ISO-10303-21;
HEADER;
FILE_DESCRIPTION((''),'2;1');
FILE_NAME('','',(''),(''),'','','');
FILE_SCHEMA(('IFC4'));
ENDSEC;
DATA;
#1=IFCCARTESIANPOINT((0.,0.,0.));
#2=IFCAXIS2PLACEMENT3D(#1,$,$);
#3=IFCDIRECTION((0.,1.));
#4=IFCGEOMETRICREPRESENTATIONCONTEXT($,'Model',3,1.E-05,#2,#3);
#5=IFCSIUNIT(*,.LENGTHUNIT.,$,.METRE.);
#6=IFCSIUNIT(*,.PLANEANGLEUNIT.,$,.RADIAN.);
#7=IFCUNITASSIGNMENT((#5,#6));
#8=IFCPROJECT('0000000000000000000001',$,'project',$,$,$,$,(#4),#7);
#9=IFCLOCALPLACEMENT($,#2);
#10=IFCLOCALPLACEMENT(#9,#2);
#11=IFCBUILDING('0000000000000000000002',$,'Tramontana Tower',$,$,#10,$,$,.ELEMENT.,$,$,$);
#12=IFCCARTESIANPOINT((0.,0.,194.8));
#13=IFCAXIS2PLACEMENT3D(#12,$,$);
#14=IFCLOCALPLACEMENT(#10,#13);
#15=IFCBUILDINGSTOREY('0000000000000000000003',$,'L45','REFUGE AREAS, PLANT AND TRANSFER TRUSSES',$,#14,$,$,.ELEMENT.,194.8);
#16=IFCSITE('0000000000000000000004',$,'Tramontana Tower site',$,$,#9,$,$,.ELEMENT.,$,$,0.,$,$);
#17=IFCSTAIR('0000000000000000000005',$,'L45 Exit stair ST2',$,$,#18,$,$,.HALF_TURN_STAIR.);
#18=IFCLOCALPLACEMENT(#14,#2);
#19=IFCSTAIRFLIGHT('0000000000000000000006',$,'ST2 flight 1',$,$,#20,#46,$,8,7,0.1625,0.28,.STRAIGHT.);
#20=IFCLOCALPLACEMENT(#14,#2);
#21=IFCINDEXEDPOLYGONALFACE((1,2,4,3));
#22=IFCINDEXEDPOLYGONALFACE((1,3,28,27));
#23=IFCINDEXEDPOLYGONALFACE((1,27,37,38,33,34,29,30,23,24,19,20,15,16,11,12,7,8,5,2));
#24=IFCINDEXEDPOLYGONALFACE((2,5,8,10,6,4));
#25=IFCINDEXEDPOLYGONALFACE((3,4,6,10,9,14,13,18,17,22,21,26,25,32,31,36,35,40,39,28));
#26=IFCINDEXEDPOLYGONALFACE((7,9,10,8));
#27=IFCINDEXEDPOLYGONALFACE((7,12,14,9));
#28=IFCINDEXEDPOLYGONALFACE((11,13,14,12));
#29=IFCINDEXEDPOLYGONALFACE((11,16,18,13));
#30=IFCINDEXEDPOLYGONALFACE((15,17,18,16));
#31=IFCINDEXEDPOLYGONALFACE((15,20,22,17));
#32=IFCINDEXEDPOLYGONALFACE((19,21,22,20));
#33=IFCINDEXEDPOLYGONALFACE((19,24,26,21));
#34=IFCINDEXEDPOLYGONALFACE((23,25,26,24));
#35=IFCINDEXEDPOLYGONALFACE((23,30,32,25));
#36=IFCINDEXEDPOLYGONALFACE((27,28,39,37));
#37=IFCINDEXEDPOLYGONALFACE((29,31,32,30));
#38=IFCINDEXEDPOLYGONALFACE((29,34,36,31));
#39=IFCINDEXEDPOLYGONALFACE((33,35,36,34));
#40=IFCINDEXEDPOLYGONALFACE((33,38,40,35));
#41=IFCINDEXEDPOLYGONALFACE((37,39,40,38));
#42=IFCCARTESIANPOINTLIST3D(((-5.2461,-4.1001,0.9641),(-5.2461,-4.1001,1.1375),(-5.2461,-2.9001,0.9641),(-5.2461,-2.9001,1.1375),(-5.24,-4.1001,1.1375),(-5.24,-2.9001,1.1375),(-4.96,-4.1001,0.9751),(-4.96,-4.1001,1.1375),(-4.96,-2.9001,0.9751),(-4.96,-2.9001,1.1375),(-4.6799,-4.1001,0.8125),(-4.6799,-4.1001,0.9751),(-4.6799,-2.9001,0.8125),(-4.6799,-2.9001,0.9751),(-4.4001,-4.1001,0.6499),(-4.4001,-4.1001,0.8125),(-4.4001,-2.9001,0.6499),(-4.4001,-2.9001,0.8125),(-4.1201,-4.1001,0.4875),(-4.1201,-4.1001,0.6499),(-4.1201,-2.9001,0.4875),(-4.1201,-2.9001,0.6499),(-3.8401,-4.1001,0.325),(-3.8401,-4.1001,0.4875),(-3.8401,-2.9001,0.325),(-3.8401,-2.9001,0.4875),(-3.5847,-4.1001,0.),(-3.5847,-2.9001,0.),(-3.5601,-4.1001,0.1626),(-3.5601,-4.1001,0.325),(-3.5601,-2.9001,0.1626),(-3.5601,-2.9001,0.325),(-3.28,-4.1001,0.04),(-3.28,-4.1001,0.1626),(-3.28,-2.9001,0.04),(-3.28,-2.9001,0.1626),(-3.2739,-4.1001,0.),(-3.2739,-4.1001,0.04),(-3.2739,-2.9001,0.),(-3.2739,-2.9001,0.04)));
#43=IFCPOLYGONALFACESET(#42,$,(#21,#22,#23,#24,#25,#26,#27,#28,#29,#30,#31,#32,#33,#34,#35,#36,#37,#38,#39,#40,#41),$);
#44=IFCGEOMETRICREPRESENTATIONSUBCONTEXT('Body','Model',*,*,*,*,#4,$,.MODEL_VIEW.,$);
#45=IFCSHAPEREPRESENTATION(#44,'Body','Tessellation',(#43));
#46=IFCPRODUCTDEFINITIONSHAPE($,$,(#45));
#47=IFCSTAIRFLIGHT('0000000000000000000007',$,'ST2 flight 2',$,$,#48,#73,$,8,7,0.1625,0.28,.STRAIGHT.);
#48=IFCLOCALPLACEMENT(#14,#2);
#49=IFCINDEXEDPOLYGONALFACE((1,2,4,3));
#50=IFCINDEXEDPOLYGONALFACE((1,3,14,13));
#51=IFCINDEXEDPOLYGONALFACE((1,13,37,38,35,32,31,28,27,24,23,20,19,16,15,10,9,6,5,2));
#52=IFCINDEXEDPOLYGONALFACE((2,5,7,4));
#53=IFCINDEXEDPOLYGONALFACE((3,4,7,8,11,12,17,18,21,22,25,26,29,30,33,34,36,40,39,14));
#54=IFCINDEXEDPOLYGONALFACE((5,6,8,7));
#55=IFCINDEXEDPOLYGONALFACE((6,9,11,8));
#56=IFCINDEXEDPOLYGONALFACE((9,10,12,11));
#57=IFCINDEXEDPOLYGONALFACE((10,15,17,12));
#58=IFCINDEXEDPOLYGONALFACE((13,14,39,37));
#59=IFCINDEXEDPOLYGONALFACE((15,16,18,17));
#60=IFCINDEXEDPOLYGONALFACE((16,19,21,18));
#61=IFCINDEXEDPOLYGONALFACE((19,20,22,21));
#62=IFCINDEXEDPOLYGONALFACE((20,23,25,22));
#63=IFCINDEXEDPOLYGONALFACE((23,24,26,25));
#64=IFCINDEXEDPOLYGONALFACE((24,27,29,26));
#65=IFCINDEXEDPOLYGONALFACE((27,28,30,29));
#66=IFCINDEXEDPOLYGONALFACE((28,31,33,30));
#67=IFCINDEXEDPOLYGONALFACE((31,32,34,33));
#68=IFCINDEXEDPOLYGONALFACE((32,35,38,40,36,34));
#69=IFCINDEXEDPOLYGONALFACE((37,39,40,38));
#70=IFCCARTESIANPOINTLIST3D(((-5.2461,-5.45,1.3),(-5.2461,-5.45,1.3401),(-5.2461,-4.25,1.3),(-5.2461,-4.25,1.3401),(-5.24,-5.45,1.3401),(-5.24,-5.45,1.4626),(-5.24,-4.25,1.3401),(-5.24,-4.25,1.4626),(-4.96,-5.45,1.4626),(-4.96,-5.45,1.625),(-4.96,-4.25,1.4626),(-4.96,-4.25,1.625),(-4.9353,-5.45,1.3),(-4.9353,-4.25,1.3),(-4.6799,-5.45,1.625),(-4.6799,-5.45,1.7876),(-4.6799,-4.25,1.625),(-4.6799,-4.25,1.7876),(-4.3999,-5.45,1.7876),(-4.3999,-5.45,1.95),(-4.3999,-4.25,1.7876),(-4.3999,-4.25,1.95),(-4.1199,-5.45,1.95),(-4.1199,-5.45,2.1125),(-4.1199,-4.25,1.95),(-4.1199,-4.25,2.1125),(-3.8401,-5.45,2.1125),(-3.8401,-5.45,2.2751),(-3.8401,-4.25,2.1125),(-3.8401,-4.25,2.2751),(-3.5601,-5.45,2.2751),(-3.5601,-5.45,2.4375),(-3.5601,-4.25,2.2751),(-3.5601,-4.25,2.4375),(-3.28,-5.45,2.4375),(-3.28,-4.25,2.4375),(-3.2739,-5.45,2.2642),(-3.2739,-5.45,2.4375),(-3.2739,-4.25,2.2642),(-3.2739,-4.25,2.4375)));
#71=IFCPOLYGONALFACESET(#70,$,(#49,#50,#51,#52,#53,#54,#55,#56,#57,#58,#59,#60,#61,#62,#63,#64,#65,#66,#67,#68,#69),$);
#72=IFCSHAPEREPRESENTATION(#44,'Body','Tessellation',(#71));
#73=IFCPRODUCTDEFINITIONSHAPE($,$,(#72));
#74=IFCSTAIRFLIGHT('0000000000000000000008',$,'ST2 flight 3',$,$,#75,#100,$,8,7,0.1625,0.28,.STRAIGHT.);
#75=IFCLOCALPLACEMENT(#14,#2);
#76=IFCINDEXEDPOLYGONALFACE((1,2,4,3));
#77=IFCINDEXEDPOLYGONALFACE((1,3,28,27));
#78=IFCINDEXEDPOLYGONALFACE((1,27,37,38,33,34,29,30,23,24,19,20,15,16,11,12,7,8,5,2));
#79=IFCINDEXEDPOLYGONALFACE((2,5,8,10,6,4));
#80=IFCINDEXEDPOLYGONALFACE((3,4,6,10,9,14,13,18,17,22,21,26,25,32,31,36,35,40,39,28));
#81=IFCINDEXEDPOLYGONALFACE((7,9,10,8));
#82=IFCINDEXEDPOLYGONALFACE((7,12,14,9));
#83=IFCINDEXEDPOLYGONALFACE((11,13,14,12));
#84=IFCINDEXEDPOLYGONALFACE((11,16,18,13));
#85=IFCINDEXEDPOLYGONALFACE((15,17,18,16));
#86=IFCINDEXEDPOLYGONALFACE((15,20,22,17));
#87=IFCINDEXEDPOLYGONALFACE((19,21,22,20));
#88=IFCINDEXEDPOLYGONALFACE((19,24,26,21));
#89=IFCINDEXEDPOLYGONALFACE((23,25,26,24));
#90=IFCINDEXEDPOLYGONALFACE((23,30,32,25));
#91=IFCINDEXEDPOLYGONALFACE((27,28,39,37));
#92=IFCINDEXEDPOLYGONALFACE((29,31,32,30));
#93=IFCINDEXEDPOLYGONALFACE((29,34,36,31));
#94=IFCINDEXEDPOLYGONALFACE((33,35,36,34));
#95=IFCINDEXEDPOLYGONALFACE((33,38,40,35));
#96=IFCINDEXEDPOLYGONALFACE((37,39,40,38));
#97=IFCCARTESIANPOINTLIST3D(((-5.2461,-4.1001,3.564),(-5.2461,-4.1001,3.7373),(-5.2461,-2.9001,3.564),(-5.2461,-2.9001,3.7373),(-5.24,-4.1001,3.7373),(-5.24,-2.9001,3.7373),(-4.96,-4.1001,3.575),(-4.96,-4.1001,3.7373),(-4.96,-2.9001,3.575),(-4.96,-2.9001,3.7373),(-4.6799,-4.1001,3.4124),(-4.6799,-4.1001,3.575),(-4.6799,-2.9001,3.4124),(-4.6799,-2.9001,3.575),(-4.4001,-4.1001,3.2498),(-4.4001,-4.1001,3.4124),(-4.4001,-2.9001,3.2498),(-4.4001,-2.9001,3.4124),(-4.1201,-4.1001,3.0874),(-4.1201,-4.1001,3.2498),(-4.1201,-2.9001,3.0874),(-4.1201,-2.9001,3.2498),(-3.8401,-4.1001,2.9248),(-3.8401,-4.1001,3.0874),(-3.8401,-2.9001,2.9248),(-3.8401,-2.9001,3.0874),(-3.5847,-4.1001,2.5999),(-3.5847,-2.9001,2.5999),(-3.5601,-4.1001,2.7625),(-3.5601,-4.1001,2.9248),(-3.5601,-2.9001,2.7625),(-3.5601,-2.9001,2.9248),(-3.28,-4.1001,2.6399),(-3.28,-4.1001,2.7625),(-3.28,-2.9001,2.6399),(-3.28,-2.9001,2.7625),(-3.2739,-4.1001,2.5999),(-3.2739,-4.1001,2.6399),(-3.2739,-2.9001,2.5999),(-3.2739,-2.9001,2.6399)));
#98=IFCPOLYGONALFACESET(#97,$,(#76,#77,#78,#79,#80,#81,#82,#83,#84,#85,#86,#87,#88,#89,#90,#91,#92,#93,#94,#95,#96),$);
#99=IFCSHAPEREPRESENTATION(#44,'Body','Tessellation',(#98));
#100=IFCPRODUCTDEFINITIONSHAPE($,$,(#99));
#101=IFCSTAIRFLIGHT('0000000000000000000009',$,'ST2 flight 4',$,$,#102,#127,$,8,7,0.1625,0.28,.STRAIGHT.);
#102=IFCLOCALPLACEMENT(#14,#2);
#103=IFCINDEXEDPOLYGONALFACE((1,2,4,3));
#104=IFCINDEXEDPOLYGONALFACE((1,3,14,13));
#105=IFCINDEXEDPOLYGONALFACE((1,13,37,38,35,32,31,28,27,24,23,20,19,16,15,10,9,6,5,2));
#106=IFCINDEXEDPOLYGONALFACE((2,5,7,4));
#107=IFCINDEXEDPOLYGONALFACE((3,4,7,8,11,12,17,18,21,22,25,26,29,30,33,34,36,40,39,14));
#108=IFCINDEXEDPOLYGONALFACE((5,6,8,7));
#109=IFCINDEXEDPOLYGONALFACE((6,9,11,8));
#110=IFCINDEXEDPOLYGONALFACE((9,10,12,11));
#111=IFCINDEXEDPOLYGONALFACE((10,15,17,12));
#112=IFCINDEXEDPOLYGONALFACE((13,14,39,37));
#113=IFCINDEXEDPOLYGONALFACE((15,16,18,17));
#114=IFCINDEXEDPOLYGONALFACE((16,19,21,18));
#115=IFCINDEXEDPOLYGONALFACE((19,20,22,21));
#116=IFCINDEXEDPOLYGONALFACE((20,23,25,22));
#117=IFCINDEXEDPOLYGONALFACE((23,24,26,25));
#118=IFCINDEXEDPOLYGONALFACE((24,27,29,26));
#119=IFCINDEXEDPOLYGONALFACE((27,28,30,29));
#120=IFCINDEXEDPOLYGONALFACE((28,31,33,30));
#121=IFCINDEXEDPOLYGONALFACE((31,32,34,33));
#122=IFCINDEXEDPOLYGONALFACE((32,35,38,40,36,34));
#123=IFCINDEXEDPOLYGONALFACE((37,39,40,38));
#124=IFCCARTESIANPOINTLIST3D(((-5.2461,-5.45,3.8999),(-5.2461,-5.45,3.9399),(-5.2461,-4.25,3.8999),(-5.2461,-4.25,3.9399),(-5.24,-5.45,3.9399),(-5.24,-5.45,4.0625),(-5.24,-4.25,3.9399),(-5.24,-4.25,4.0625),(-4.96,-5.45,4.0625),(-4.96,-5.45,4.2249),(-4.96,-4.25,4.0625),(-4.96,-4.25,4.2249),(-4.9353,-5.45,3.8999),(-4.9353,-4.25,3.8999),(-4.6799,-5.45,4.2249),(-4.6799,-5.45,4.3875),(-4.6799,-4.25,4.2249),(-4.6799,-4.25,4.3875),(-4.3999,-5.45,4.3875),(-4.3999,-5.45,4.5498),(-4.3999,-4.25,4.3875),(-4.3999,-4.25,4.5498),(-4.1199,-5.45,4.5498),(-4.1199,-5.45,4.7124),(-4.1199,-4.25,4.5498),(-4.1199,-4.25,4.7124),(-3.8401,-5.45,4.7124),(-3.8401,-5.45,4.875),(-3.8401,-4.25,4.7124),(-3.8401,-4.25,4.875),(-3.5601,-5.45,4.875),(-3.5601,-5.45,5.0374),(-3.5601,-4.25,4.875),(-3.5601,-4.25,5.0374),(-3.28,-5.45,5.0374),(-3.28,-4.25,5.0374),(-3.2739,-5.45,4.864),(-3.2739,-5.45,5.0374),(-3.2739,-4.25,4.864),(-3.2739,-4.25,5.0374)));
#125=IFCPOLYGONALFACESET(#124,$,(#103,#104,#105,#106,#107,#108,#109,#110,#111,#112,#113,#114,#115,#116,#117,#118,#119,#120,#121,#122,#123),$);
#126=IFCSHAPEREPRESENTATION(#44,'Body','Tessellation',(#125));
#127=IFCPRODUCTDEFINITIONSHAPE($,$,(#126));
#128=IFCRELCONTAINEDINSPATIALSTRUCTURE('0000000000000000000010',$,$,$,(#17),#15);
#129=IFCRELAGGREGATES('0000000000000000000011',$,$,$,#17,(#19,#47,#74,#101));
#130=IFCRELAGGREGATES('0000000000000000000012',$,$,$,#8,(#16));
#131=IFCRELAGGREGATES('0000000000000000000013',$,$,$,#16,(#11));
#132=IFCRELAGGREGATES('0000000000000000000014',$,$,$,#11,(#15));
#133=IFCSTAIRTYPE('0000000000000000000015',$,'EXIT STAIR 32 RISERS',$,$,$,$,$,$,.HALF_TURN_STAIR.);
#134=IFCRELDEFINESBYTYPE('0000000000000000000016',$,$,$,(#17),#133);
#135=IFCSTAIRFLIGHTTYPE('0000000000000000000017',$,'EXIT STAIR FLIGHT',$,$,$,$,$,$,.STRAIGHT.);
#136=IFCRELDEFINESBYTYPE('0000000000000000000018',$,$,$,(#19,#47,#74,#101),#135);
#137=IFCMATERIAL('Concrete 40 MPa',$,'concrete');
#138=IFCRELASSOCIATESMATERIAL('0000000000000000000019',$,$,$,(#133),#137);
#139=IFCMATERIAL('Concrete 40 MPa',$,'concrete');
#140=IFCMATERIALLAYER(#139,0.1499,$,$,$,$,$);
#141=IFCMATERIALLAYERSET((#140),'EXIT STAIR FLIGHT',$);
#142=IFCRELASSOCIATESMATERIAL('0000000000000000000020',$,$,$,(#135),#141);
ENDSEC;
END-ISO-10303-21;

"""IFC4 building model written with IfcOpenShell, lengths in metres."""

from ifc_helpers import new_model, si_unit, direction, frame, origin, place, context, subcontext, project, spatial, polyline, outline, extrude, material, layer, layer_set, type_object, element, aggregate, save


model = new_model("IFC4")

# Units and contexts
model_context = context("Model", 3, precision=1e-05, world=origin(), true_north=direction((0.0, 1.0)))
body_context = subcontext(model_context, "Body", "Model", "MODEL_VIEW")
ifc_project = project(units=[si_unit("LENGTHUNIT", "METRE"), si_unit("PLANEANGLEUNIT", "RADIAN")], contexts=[model_context])

# Site, building, storey
site_placement = place(None, origin())
site = spatial("IfcSite", under=ifc_project, at=site_placement, Name="Tramontana Tower site", CompositionType="ELEMENT", RefElevation=0.0)
building_placement = place(site_placement, origin())
building = spatial("IfcBuilding", under=site, at=building_placement, Name="Tramontana Tower", CompositionType="ELEMENT")
storey_placement = place(building_placement, frame((0.0, 0.0, 194.8)))
storey = spatial("IfcBuildingStorey", under=building, at=storey_placement, Name="L45", Description="REFUGE AREAS, PLANT AND TRANSFER TRUSSES", CompositionType="ELEMENT", Elevation=194.8)

# Stair, stair flights
ifc_material_1 = material(Name="Concrete 40 MPa", Category="concrete")
stair_type = type_object("IfcStairType", Name="EXIT STAIR 32 RISERS", PredefinedType="HALF_TURN_STAIR", material=ifc_material_1)
stair_placement = place(storey_placement, origin())
stair = element("IfcStair", 1, at=stair_placement, inside=storey, type_object=stair_type, Name="L45 Exit stair ST2", PredefinedType="HALF_TURN_STAIR")
ifc_material_2 = material(Name="Concrete 40 MPa", Category="concrete")
ifc_layer_1 = layer(ifc_material_2, 0.1499)
ifc_layer_set_1 = layer_set([ifc_layer_1], Name="EXIT STAIR FLIGHT")
stair_flight_type = type_object("IfcStairFlightType", Name="EXIT STAIR FLIGHT", PredefinedType="STRAIGHT", material=ifc_layer_set_1)
stair_flight_1_placement = place(storey_placement, frame((-3.28, -3.5, 0.0), z_axis=(0.0, 0.0, 1.0), x_axis=(-1.0, 0.0, 0.0)))
stair_flight_1 = element("IfcStairFlight", 2, at=stair_flight_1_placement, type_object=stair_flight_type, Name="ST2 flight 1", NumberOfRisers=8, NumberOfTreads=7, PredefinedType="STRAIGHT", RiserHeight=0.1625, TreadLength=0.28, context=body_context, shape_type="SweptSolid", body=[
    extrude(outline(polyline([(-0.0061, 0.0), (-0.0061, 0.04), (0.0, 0.04), (0.0, 0.1626), (0.28, 0.1626), (0.28, 0.325), (0.5601, 0.325), (0.5601, 0.4875), (0.8401, 0.4875), (0.8401, 0.6499), (1.1201, 0.6499), (1.1201, 0.8125), (1.3999, 0.8125), (1.3999, 0.9751), (1.6799, 0.9751), (1.6799, 1.1375), (1.96, 1.1375), (1.9661, 1.1375), (1.9661, 0.9641), (0.3047, 0.0), (-0.0061, 0.0)])), frame((0.0, 0.6001, 0.0), z_axis=(0.0, -1.0, 0.0), x_axis=(1.0, 0.0, 0.0)), (0.0, 0.0, 1.0), 1.2),
])
stair_flight_2_placement = place(storey_placement, frame((-5.24, -4.8501, 1.3), z_axis=(0.0, 0.0, 1.0), x_axis=(1.0, 0.0, 0.0)))
stair_flight_2 = element("IfcStairFlight", 3, at=stair_flight_2_placement, type_object=stair_flight_type, Name="ST2 flight 2", NumberOfRisers=8, NumberOfTreads=7, PredefinedType="STRAIGHT", RiserHeight=0.1625, TreadLength=0.28, context=body_context, shape_type="SweptSolid", body=[
    extrude(outline(polyline([(-0.0061, 0.0), (-0.0061, 0.04), (0.0, 0.04), (0.0, 0.1626), (0.28, 0.1626), (0.28, 0.325), (0.5601, 0.325), (0.5601, 0.4875), (0.8401, 0.4875), (0.8401, 0.6499), (1.1201, 0.6499), (1.1201, 0.8125), (1.3999, 0.8125), (1.3999, 0.9751), (1.6799, 0.9751), (1.6799, 1.1375), (1.96, 1.1375), (1.9661, 1.1375), (1.9661, 0.9641), (0.3047, 0.0), (-0.0061, 0.0)])), frame((0.0, 0.6001, 0.0), z_axis=(0.0, -1.0, 0.0), x_axis=(1.0, 0.0, 0.0)), (0.0, 0.0, 1.0), 1.2),
])
stair_flight_3_placement = place(storey_placement, frame((-3.28, -3.5, 2.5999), z_axis=(0.0, 0.0, 1.0), x_axis=(-1.0, 0.0, 0.0)))
stair_flight_3 = element("IfcStairFlight", 4, at=stair_flight_3_placement, type_object=stair_flight_type, Name="ST2 flight 3", NumberOfRisers=8, NumberOfTreads=7, PredefinedType="STRAIGHT", RiserHeight=0.1625, TreadLength=0.28, context=body_context, shape_type="SweptSolid", body=[
    extrude(outline(polyline([(-0.0061, 0.0), (-0.0061, 0.04), (0.0, 0.04), (0.0, 0.1626), (0.28, 0.1626), (0.28, 0.325), (0.5601, 0.325), (0.5601, 0.4875), (0.8401, 0.4875), (0.8401, 0.6499), (1.1201, 0.6499), (1.1201, 0.8125), (1.3999, 0.8125), (1.3999, 0.9751), (1.6799, 0.9751), (1.6799, 1.1375), (1.96, 1.1375), (1.9661, 1.1375), (1.9661, 0.9641), (0.3047, 0.0), (-0.0061, 0.0)])), frame((0.0, 0.6001, 0.0), z_axis=(0.0, -1.0, 0.0), x_axis=(1.0, 0.0, 0.0)), (0.0, 0.0, 1.0), 1.2),
])
stair_flight_4_placement = place(storey_placement, frame((-5.24, -4.8501, 3.8999), z_axis=(0.0, 0.0, 1.0), x_axis=(1.0, 0.0, 0.0)))
stair_flight_4 = element("IfcStairFlight", 5, at=stair_flight_4_placement, type_object=stair_flight_type, Name="ST2 flight 4", NumberOfRisers=8, NumberOfTreads=7, PredefinedType="STRAIGHT", RiserHeight=0.1625, TreadLength=0.28, context=body_context, shape_type="SweptSolid", body=[
    extrude(outline(polyline([(-0.0061, 0.0), (-0.0061, 0.04), (0.0, 0.04), (0.0, 0.1626), (0.28, 0.1626), (0.28, 0.325), (0.5601, 0.325), (0.5601, 0.4875), (0.8401, 0.4875), (0.8401, 0.6499), (1.1201, 0.6499), (1.1201, 0.8125), (1.3999, 0.8125), (1.3999, 0.9751), (1.6799, 0.9751), (1.6799, 1.1375), (1.96, 1.1375), (1.9661, 1.1375), (1.9661, 0.9641), (0.3047, 0.0), (-0.0061, 0.0)])), frame((0.0, 0.6001, 0.0), z_axis=(0.0, -1.0, 0.0), x_axis=(1.0, 0.0, 0.0)), (0.0, 0.0, 1.0), 1.2),
])
aggregate(stair, [stair_flight_1, stair_flight_2, stair_flight_3, stair_flight_4])

save(model, "model.ifc")
